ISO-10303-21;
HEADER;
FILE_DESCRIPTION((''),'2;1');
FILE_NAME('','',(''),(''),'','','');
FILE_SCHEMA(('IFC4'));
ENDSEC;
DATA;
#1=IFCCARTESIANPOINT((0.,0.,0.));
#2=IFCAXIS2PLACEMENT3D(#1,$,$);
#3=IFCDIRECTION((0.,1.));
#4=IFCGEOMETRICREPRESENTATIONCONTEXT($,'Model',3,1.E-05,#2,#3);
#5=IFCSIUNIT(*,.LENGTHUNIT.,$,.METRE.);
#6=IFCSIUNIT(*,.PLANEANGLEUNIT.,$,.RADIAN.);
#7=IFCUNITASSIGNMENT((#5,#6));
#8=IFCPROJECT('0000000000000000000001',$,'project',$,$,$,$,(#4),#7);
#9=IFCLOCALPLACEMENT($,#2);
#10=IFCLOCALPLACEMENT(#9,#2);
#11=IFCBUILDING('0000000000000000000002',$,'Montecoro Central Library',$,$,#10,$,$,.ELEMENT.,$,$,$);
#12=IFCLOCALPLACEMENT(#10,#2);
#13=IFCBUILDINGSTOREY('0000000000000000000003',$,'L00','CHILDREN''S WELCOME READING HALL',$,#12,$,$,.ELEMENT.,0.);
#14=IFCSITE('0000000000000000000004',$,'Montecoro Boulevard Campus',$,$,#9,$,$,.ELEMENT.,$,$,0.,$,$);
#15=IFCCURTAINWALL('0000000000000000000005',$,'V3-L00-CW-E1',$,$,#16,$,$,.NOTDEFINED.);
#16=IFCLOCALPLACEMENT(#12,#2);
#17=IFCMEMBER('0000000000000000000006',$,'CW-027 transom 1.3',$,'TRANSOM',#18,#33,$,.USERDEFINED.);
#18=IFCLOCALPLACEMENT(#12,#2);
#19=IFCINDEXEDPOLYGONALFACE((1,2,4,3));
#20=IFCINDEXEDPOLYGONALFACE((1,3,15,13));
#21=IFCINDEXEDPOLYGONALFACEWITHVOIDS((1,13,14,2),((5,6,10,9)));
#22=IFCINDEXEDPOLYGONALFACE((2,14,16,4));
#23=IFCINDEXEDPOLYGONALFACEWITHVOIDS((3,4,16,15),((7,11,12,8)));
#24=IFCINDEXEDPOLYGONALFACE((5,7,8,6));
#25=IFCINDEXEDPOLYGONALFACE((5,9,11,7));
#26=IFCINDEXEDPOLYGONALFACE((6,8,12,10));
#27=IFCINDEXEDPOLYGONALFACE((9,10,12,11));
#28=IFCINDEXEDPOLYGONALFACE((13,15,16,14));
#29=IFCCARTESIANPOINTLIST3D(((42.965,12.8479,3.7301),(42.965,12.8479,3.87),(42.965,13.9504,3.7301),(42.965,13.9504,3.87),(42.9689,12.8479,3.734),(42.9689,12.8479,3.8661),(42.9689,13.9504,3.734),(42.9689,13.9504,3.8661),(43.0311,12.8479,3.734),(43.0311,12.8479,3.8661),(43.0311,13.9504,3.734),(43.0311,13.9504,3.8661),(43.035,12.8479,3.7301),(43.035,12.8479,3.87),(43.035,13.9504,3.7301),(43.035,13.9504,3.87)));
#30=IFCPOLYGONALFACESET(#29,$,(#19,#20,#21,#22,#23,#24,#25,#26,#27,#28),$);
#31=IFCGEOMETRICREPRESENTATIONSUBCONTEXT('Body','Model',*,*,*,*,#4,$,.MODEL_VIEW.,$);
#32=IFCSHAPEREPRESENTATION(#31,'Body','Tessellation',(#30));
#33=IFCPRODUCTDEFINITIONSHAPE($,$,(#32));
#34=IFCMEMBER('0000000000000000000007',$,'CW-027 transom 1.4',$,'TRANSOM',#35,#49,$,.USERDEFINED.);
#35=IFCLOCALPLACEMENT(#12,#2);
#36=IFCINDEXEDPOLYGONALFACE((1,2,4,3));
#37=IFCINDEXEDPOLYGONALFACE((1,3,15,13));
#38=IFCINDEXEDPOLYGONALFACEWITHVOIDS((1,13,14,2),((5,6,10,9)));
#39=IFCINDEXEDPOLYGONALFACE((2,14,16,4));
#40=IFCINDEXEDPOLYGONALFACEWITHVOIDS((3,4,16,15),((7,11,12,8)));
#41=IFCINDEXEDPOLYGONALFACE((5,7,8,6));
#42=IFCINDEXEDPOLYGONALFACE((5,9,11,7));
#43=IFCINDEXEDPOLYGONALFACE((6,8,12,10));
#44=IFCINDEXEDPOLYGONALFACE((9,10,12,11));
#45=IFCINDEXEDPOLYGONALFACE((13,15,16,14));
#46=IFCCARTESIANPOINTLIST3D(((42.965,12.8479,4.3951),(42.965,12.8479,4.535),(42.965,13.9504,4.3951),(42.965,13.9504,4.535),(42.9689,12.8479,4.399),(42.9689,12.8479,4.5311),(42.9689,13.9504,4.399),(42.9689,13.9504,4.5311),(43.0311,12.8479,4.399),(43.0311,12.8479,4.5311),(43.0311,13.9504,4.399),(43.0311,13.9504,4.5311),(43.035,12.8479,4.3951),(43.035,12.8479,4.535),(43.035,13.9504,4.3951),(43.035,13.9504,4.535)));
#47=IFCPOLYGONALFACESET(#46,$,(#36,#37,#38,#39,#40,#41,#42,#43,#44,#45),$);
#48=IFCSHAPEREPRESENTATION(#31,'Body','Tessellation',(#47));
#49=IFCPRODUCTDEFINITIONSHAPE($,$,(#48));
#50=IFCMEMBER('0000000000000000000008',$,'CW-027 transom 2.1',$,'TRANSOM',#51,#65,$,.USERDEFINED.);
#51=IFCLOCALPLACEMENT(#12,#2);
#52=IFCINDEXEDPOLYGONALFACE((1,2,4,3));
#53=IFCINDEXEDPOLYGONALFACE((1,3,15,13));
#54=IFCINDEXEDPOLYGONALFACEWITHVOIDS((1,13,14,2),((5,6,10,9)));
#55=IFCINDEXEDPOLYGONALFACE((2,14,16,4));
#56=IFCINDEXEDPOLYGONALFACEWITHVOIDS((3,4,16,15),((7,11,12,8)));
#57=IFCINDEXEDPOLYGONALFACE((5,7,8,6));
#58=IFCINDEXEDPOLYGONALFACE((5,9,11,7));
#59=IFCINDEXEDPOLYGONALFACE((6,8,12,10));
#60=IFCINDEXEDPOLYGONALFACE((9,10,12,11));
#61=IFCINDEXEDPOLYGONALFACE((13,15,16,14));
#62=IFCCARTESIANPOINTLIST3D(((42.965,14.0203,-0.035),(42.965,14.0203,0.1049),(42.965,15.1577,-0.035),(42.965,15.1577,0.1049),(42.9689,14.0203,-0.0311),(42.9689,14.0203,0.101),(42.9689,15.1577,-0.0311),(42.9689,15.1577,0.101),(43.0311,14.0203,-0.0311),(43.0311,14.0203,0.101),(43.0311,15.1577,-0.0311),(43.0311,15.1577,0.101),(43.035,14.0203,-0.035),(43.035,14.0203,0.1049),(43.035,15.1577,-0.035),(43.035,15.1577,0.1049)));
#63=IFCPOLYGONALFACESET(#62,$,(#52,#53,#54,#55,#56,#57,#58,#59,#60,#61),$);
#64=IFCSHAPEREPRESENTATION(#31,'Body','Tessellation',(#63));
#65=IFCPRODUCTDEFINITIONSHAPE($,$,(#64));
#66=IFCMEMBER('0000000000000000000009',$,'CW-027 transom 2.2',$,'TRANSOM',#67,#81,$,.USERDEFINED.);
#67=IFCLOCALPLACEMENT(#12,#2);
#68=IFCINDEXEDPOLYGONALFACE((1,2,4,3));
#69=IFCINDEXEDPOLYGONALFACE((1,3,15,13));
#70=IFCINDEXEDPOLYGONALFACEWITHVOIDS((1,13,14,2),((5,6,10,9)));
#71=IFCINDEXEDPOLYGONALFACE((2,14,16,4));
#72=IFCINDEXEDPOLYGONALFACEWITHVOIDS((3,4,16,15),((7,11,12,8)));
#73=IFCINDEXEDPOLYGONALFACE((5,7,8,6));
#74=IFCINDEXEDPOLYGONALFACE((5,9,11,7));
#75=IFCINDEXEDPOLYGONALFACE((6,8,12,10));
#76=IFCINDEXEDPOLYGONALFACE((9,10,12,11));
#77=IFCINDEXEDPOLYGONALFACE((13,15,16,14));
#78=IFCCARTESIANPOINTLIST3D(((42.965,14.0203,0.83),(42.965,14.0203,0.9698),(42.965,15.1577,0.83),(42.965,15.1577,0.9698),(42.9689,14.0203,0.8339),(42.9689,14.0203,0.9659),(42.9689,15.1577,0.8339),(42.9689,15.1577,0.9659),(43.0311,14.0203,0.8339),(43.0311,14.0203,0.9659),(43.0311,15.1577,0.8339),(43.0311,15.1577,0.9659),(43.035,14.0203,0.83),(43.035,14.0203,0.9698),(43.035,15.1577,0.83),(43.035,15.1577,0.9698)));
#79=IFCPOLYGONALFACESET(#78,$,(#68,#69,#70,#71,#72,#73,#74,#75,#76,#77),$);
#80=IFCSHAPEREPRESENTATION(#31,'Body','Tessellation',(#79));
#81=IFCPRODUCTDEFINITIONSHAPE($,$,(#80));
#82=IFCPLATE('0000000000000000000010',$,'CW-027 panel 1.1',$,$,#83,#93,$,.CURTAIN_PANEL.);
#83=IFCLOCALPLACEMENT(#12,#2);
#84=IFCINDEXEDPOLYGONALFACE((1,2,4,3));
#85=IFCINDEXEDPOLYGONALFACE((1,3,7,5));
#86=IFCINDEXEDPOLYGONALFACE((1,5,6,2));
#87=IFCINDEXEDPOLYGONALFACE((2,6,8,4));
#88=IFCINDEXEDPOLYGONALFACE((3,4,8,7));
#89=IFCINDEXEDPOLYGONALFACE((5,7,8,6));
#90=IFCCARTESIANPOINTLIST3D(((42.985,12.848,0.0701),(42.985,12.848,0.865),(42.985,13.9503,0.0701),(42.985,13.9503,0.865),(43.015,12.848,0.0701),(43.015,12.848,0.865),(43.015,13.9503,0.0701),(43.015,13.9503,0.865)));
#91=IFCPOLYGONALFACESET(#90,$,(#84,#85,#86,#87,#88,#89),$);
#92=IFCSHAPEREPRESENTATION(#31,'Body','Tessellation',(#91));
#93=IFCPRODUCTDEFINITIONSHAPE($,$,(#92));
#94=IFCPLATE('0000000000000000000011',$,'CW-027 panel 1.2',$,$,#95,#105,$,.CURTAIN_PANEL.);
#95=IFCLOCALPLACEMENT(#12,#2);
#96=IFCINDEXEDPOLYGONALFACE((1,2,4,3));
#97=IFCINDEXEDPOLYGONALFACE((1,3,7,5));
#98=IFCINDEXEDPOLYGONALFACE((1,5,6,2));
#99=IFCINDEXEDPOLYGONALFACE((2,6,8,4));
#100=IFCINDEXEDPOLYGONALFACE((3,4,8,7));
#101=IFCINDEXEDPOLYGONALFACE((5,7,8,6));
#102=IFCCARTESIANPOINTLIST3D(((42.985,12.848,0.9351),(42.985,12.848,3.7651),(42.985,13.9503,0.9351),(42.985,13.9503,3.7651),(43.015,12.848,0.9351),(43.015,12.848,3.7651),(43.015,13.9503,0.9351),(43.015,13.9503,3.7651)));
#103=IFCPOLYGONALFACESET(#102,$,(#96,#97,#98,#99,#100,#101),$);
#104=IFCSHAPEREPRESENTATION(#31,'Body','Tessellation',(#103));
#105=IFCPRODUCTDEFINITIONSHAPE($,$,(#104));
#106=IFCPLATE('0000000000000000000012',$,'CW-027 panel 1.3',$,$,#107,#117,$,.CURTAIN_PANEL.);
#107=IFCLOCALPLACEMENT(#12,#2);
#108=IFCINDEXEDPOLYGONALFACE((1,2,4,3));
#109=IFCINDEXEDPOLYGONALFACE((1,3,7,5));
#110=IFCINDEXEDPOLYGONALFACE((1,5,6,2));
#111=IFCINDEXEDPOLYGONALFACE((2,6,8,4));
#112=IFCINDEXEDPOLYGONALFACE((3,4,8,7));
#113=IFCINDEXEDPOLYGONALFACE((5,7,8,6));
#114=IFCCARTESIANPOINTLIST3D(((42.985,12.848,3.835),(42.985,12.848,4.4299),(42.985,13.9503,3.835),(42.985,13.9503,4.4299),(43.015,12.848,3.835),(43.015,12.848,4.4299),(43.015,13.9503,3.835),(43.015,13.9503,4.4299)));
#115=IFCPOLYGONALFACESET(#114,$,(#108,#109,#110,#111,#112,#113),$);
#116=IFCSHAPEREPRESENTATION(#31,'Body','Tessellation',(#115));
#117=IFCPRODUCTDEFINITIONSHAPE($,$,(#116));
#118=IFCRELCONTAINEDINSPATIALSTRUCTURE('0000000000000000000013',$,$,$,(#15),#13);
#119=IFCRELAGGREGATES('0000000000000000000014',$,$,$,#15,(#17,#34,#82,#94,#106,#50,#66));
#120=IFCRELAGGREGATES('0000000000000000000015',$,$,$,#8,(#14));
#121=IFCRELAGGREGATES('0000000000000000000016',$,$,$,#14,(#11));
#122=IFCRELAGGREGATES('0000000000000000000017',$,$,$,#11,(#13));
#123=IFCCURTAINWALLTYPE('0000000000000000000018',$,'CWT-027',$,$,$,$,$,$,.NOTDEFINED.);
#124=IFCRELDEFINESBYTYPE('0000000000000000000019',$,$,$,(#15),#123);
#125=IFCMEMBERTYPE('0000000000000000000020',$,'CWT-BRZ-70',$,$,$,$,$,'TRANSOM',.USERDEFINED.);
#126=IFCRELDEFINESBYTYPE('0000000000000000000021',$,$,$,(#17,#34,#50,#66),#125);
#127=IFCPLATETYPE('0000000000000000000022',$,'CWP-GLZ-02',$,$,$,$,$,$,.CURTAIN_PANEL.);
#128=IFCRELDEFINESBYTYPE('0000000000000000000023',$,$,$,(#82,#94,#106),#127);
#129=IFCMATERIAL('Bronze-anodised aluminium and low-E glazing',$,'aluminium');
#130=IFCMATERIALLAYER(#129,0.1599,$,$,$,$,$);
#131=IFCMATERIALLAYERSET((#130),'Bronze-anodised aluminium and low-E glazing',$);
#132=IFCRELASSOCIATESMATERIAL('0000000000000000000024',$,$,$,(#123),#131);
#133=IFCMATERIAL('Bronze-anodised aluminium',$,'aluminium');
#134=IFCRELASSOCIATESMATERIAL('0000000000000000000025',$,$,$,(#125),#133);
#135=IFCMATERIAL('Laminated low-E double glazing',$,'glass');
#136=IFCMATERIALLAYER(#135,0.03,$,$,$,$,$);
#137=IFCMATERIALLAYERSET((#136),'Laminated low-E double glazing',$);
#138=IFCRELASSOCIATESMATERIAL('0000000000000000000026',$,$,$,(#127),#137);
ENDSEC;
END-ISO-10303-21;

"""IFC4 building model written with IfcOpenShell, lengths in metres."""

from ifc_helpers import new_model, si_unit, direction, frame, origin, origin_2d, place, context, subcontext, project, spatial, rectangle, hollow_rectangle, extrude, material, layer, layer_set, material_profile, profile_set, type_object, element, aggregate, save


model = new_model("IFC4")

# Units and contexts
model_context = context("Model", 3, precision=1e-05, world=origin(), true_north=direction((0.0, 1.0)))
body_context = subcontext(model_context, "Body", "Model", "MODEL_VIEW")
ifc_project = project(units=[si_unit("LENGTHUNIT", "METRE"), si_unit("PLANEANGLEUNIT", "RADIAN")], contexts=[model_context])

# Site, building, storey
site_placement = place(None, origin())
site = spatial("IfcSite", under=ifc_project, at=site_placement, Name="Montecoro Boulevard Campus", CompositionType="ELEMENT", RefElevation=0.0)
building_placement = place(site_placement, origin())
building = spatial("IfcBuilding", under=site, at=building_placement, Name="Montecoro Central Library", CompositionType="ELEMENT")
storey_placement = place(building_placement, origin())
storey = spatial("IfcBuildingStorey", under=building, at=storey_placement, Name="L00", Description="CHILDREN'S WELCOME READING HALL", CompositionType="ELEMENT", Elevation=0.0)

# Curtain wall, members, plates
ifc_material_1 = material(Name="Bronze-anodised aluminium and low-E glazing", Category="aluminium")
ifc_layer_1 = layer(ifc_material_1, 0.1599)
ifc_layer_set_1 = layer_set([ifc_layer_1], Name="Bronze-anodised aluminium and low-E glazing")
curtain_wall_type = type_object("IfcCurtainWallType", Name="CWT-027", PredefinedType="NOTDEFINED", material=ifc_layer_set_1)
curtain_wall_placement = place(storey_placement, origin())
curtain_wall = element("IfcCurtainWall", 1, at=curtain_wall_placement, inside=storey, type_object=curtain_wall_type, Name="V3-L00-CW-E1", PredefinedType="NOTDEFINED")
ifc_material_2 = material(Name="Bronze-anodised aluminium", Category="aluminium")
ifc_material_profile_1 = material_profile(ifc_material_2, hollow_rectangle(XDim=0.0701, YDim=0.1399, WallThickness=0.0039, at=origin_2d()), Name="CWT 140x70x4.0")
ifc_profile_set_1 = profile_set([ifc_material_profile_1], Name="Bronze-anodised aluminium")
member_type_1 = type_object("IfcMemberType", Name="CWT-BRZ-70", ElementType="TRANSOM", PredefinedType="USERDEFINED", material=ifc_profile_set_1)
member_1_placement = place(storey_placement, frame((43.0, 12.8479, 3.8), z_axis=(0.0, 1.0, 0.0), x_axis=(-1.0, 0.0, 0.0)))
member_1 = element("IfcMember", 2, at=member_1_placement, type_object=member_type_1, Name="CW-027 transom 1.3", ObjectType="TRANSOM", PredefinedType="USERDEFINED", context=body_context, shape_type="SweptSolid", body=[
    extrude(hollow_rectangle(XDim=0.0701, YDim=0.1399, WallThickness=0.0039, at=origin_2d()), origin(), (0.0, 0.0, 1.0), 1.1025),
])
member_2_placement = place(storey_placement, frame((43.0, 12.8479, 4.4651), z_axis=(0.0, 1.0, 0.0), x_axis=(-1.0, 0.0, 0.0)))
member_2 = element("IfcMember", 3, at=member_2_placement, type_object=member_type_1, Name="CW-027 transom 1.4", ObjectType="TRANSOM", PredefinedType="USERDEFINED", context=body_context, shape_type="SweptSolid", body=[
    extrude(hollow_rectangle(XDim=0.0701, YDim=0.1399, WallThickness=0.0039, at=origin_2d()), origin(), (0.0, 0.0, 1.0), 1.1025),
])
member_3_placement = place(storey_placement, frame((43.0, 14.0203, 0.0349), z_axis=(0.0, 1.0, 0.0), x_axis=(-1.0, 0.0, 0.0)))
member_3 = element("IfcMember", 4, at=member_3_placement, type_object=member_type_1, Name="CW-027 transom 2.1", ObjectType="TRANSOM", PredefinedType="USERDEFINED", context=body_context, shape_type="SweptSolid", body=[
    extrude(hollow_rectangle(XDim=0.0701, YDim=0.1399, WallThickness=0.0039, at=origin_2d()), origin(), (0.0, 0.0, 1.0), 1.1375),
])
member_4_placement = place(storey_placement, frame((43.0, 14.0203, 0.8999), z_axis=(0.0, 1.0, 0.0), x_axis=(-1.0, 0.0, 0.0)))
member_4 = element("IfcMember", 5, at=member_4_placement, type_object=member_type_1, Name="CW-027 transom 2.2", ObjectType="TRANSOM", PredefinedType="USERDEFINED", context=body_context, shape_type="SweptSolid", body=[
    extrude(hollow_rectangle(XDim=0.0701, YDim=0.1399, WallThickness=0.0039, at=origin_2d()), origin(), (0.0, 0.0, 1.0), 1.1375),
])
ifc_material_3 = material(Name="Laminated low-E double glazing", Category="glass")
ifc_layer_2 = layer(ifc_material_3, 0.03)
ifc_layer_set_2 = layer_set([ifc_layer_2], Name="Laminated low-E double glazing")
plate_type = type_object("IfcPlateType", Name="CWP-GLZ-02", PredefinedType="CURTAIN_PANEL", material=ifc_layer_set_2)
plate_1_placement = place(storey_placement, frame((43.0, 13.3992, 0.0701), z_axis=(0.0, 0.0, 1.0), x_axis=(0.0, 1.0, 0.0)))
plate_1 = element("IfcPlate", 6, at=plate_1_placement, type_object=plate_type, Name="CW-027 panel 1.1", PredefinedType="CURTAIN_PANEL", context=body_context, shape_type="SweptSolid", body=[
    extrude(rectangle(XDim=1.1023, YDim=0.03, at=origin_2d()), origin(), (0.0, 0.0, 1.0), 0.7949),
])
plate_2_placement = place(storey_placement, frame((43.0, 13.3992, 0.9351), z_axis=(0.0, 0.0, 1.0), x_axis=(0.0, 1.0, 0.0)))
plate_2 = element("IfcPlate", 7, at=plate_2_placement, type_object=plate_type, Name="CW-027 panel 1.2", PredefinedType="CURTAIN_PANEL", context=body_context, shape_type="SweptSolid", body=[
    extrude(rectangle(XDim=1.1023, YDim=0.03, at=origin_2d()), origin(), (0.0, 0.0, 1.0), 2.8301),
])
plate_3_placement = place(storey_placement, frame((43.0, 13.3992, 3.835), z_axis=(0.0, 0.0, 1.0), x_axis=(0.0, 1.0, 0.0)))
plate_3 = element("IfcPlate", 8, at=plate_3_placement, type_object=plate_type, Name="CW-027 panel 1.3", PredefinedType="CURTAIN_PANEL", context=body_context, shape_type="SweptSolid", body=[
    extrude(rectangle(XDim=1.1023, YDim=0.03, at=origin_2d()), origin(), (0.0, 0.0, 1.0), 0.595),
])
aggregate(curtain_wall, [member_1, member_2, plate_1, plate_2, plate_3, member_3, member_4])

save(model, "model.ifc")
